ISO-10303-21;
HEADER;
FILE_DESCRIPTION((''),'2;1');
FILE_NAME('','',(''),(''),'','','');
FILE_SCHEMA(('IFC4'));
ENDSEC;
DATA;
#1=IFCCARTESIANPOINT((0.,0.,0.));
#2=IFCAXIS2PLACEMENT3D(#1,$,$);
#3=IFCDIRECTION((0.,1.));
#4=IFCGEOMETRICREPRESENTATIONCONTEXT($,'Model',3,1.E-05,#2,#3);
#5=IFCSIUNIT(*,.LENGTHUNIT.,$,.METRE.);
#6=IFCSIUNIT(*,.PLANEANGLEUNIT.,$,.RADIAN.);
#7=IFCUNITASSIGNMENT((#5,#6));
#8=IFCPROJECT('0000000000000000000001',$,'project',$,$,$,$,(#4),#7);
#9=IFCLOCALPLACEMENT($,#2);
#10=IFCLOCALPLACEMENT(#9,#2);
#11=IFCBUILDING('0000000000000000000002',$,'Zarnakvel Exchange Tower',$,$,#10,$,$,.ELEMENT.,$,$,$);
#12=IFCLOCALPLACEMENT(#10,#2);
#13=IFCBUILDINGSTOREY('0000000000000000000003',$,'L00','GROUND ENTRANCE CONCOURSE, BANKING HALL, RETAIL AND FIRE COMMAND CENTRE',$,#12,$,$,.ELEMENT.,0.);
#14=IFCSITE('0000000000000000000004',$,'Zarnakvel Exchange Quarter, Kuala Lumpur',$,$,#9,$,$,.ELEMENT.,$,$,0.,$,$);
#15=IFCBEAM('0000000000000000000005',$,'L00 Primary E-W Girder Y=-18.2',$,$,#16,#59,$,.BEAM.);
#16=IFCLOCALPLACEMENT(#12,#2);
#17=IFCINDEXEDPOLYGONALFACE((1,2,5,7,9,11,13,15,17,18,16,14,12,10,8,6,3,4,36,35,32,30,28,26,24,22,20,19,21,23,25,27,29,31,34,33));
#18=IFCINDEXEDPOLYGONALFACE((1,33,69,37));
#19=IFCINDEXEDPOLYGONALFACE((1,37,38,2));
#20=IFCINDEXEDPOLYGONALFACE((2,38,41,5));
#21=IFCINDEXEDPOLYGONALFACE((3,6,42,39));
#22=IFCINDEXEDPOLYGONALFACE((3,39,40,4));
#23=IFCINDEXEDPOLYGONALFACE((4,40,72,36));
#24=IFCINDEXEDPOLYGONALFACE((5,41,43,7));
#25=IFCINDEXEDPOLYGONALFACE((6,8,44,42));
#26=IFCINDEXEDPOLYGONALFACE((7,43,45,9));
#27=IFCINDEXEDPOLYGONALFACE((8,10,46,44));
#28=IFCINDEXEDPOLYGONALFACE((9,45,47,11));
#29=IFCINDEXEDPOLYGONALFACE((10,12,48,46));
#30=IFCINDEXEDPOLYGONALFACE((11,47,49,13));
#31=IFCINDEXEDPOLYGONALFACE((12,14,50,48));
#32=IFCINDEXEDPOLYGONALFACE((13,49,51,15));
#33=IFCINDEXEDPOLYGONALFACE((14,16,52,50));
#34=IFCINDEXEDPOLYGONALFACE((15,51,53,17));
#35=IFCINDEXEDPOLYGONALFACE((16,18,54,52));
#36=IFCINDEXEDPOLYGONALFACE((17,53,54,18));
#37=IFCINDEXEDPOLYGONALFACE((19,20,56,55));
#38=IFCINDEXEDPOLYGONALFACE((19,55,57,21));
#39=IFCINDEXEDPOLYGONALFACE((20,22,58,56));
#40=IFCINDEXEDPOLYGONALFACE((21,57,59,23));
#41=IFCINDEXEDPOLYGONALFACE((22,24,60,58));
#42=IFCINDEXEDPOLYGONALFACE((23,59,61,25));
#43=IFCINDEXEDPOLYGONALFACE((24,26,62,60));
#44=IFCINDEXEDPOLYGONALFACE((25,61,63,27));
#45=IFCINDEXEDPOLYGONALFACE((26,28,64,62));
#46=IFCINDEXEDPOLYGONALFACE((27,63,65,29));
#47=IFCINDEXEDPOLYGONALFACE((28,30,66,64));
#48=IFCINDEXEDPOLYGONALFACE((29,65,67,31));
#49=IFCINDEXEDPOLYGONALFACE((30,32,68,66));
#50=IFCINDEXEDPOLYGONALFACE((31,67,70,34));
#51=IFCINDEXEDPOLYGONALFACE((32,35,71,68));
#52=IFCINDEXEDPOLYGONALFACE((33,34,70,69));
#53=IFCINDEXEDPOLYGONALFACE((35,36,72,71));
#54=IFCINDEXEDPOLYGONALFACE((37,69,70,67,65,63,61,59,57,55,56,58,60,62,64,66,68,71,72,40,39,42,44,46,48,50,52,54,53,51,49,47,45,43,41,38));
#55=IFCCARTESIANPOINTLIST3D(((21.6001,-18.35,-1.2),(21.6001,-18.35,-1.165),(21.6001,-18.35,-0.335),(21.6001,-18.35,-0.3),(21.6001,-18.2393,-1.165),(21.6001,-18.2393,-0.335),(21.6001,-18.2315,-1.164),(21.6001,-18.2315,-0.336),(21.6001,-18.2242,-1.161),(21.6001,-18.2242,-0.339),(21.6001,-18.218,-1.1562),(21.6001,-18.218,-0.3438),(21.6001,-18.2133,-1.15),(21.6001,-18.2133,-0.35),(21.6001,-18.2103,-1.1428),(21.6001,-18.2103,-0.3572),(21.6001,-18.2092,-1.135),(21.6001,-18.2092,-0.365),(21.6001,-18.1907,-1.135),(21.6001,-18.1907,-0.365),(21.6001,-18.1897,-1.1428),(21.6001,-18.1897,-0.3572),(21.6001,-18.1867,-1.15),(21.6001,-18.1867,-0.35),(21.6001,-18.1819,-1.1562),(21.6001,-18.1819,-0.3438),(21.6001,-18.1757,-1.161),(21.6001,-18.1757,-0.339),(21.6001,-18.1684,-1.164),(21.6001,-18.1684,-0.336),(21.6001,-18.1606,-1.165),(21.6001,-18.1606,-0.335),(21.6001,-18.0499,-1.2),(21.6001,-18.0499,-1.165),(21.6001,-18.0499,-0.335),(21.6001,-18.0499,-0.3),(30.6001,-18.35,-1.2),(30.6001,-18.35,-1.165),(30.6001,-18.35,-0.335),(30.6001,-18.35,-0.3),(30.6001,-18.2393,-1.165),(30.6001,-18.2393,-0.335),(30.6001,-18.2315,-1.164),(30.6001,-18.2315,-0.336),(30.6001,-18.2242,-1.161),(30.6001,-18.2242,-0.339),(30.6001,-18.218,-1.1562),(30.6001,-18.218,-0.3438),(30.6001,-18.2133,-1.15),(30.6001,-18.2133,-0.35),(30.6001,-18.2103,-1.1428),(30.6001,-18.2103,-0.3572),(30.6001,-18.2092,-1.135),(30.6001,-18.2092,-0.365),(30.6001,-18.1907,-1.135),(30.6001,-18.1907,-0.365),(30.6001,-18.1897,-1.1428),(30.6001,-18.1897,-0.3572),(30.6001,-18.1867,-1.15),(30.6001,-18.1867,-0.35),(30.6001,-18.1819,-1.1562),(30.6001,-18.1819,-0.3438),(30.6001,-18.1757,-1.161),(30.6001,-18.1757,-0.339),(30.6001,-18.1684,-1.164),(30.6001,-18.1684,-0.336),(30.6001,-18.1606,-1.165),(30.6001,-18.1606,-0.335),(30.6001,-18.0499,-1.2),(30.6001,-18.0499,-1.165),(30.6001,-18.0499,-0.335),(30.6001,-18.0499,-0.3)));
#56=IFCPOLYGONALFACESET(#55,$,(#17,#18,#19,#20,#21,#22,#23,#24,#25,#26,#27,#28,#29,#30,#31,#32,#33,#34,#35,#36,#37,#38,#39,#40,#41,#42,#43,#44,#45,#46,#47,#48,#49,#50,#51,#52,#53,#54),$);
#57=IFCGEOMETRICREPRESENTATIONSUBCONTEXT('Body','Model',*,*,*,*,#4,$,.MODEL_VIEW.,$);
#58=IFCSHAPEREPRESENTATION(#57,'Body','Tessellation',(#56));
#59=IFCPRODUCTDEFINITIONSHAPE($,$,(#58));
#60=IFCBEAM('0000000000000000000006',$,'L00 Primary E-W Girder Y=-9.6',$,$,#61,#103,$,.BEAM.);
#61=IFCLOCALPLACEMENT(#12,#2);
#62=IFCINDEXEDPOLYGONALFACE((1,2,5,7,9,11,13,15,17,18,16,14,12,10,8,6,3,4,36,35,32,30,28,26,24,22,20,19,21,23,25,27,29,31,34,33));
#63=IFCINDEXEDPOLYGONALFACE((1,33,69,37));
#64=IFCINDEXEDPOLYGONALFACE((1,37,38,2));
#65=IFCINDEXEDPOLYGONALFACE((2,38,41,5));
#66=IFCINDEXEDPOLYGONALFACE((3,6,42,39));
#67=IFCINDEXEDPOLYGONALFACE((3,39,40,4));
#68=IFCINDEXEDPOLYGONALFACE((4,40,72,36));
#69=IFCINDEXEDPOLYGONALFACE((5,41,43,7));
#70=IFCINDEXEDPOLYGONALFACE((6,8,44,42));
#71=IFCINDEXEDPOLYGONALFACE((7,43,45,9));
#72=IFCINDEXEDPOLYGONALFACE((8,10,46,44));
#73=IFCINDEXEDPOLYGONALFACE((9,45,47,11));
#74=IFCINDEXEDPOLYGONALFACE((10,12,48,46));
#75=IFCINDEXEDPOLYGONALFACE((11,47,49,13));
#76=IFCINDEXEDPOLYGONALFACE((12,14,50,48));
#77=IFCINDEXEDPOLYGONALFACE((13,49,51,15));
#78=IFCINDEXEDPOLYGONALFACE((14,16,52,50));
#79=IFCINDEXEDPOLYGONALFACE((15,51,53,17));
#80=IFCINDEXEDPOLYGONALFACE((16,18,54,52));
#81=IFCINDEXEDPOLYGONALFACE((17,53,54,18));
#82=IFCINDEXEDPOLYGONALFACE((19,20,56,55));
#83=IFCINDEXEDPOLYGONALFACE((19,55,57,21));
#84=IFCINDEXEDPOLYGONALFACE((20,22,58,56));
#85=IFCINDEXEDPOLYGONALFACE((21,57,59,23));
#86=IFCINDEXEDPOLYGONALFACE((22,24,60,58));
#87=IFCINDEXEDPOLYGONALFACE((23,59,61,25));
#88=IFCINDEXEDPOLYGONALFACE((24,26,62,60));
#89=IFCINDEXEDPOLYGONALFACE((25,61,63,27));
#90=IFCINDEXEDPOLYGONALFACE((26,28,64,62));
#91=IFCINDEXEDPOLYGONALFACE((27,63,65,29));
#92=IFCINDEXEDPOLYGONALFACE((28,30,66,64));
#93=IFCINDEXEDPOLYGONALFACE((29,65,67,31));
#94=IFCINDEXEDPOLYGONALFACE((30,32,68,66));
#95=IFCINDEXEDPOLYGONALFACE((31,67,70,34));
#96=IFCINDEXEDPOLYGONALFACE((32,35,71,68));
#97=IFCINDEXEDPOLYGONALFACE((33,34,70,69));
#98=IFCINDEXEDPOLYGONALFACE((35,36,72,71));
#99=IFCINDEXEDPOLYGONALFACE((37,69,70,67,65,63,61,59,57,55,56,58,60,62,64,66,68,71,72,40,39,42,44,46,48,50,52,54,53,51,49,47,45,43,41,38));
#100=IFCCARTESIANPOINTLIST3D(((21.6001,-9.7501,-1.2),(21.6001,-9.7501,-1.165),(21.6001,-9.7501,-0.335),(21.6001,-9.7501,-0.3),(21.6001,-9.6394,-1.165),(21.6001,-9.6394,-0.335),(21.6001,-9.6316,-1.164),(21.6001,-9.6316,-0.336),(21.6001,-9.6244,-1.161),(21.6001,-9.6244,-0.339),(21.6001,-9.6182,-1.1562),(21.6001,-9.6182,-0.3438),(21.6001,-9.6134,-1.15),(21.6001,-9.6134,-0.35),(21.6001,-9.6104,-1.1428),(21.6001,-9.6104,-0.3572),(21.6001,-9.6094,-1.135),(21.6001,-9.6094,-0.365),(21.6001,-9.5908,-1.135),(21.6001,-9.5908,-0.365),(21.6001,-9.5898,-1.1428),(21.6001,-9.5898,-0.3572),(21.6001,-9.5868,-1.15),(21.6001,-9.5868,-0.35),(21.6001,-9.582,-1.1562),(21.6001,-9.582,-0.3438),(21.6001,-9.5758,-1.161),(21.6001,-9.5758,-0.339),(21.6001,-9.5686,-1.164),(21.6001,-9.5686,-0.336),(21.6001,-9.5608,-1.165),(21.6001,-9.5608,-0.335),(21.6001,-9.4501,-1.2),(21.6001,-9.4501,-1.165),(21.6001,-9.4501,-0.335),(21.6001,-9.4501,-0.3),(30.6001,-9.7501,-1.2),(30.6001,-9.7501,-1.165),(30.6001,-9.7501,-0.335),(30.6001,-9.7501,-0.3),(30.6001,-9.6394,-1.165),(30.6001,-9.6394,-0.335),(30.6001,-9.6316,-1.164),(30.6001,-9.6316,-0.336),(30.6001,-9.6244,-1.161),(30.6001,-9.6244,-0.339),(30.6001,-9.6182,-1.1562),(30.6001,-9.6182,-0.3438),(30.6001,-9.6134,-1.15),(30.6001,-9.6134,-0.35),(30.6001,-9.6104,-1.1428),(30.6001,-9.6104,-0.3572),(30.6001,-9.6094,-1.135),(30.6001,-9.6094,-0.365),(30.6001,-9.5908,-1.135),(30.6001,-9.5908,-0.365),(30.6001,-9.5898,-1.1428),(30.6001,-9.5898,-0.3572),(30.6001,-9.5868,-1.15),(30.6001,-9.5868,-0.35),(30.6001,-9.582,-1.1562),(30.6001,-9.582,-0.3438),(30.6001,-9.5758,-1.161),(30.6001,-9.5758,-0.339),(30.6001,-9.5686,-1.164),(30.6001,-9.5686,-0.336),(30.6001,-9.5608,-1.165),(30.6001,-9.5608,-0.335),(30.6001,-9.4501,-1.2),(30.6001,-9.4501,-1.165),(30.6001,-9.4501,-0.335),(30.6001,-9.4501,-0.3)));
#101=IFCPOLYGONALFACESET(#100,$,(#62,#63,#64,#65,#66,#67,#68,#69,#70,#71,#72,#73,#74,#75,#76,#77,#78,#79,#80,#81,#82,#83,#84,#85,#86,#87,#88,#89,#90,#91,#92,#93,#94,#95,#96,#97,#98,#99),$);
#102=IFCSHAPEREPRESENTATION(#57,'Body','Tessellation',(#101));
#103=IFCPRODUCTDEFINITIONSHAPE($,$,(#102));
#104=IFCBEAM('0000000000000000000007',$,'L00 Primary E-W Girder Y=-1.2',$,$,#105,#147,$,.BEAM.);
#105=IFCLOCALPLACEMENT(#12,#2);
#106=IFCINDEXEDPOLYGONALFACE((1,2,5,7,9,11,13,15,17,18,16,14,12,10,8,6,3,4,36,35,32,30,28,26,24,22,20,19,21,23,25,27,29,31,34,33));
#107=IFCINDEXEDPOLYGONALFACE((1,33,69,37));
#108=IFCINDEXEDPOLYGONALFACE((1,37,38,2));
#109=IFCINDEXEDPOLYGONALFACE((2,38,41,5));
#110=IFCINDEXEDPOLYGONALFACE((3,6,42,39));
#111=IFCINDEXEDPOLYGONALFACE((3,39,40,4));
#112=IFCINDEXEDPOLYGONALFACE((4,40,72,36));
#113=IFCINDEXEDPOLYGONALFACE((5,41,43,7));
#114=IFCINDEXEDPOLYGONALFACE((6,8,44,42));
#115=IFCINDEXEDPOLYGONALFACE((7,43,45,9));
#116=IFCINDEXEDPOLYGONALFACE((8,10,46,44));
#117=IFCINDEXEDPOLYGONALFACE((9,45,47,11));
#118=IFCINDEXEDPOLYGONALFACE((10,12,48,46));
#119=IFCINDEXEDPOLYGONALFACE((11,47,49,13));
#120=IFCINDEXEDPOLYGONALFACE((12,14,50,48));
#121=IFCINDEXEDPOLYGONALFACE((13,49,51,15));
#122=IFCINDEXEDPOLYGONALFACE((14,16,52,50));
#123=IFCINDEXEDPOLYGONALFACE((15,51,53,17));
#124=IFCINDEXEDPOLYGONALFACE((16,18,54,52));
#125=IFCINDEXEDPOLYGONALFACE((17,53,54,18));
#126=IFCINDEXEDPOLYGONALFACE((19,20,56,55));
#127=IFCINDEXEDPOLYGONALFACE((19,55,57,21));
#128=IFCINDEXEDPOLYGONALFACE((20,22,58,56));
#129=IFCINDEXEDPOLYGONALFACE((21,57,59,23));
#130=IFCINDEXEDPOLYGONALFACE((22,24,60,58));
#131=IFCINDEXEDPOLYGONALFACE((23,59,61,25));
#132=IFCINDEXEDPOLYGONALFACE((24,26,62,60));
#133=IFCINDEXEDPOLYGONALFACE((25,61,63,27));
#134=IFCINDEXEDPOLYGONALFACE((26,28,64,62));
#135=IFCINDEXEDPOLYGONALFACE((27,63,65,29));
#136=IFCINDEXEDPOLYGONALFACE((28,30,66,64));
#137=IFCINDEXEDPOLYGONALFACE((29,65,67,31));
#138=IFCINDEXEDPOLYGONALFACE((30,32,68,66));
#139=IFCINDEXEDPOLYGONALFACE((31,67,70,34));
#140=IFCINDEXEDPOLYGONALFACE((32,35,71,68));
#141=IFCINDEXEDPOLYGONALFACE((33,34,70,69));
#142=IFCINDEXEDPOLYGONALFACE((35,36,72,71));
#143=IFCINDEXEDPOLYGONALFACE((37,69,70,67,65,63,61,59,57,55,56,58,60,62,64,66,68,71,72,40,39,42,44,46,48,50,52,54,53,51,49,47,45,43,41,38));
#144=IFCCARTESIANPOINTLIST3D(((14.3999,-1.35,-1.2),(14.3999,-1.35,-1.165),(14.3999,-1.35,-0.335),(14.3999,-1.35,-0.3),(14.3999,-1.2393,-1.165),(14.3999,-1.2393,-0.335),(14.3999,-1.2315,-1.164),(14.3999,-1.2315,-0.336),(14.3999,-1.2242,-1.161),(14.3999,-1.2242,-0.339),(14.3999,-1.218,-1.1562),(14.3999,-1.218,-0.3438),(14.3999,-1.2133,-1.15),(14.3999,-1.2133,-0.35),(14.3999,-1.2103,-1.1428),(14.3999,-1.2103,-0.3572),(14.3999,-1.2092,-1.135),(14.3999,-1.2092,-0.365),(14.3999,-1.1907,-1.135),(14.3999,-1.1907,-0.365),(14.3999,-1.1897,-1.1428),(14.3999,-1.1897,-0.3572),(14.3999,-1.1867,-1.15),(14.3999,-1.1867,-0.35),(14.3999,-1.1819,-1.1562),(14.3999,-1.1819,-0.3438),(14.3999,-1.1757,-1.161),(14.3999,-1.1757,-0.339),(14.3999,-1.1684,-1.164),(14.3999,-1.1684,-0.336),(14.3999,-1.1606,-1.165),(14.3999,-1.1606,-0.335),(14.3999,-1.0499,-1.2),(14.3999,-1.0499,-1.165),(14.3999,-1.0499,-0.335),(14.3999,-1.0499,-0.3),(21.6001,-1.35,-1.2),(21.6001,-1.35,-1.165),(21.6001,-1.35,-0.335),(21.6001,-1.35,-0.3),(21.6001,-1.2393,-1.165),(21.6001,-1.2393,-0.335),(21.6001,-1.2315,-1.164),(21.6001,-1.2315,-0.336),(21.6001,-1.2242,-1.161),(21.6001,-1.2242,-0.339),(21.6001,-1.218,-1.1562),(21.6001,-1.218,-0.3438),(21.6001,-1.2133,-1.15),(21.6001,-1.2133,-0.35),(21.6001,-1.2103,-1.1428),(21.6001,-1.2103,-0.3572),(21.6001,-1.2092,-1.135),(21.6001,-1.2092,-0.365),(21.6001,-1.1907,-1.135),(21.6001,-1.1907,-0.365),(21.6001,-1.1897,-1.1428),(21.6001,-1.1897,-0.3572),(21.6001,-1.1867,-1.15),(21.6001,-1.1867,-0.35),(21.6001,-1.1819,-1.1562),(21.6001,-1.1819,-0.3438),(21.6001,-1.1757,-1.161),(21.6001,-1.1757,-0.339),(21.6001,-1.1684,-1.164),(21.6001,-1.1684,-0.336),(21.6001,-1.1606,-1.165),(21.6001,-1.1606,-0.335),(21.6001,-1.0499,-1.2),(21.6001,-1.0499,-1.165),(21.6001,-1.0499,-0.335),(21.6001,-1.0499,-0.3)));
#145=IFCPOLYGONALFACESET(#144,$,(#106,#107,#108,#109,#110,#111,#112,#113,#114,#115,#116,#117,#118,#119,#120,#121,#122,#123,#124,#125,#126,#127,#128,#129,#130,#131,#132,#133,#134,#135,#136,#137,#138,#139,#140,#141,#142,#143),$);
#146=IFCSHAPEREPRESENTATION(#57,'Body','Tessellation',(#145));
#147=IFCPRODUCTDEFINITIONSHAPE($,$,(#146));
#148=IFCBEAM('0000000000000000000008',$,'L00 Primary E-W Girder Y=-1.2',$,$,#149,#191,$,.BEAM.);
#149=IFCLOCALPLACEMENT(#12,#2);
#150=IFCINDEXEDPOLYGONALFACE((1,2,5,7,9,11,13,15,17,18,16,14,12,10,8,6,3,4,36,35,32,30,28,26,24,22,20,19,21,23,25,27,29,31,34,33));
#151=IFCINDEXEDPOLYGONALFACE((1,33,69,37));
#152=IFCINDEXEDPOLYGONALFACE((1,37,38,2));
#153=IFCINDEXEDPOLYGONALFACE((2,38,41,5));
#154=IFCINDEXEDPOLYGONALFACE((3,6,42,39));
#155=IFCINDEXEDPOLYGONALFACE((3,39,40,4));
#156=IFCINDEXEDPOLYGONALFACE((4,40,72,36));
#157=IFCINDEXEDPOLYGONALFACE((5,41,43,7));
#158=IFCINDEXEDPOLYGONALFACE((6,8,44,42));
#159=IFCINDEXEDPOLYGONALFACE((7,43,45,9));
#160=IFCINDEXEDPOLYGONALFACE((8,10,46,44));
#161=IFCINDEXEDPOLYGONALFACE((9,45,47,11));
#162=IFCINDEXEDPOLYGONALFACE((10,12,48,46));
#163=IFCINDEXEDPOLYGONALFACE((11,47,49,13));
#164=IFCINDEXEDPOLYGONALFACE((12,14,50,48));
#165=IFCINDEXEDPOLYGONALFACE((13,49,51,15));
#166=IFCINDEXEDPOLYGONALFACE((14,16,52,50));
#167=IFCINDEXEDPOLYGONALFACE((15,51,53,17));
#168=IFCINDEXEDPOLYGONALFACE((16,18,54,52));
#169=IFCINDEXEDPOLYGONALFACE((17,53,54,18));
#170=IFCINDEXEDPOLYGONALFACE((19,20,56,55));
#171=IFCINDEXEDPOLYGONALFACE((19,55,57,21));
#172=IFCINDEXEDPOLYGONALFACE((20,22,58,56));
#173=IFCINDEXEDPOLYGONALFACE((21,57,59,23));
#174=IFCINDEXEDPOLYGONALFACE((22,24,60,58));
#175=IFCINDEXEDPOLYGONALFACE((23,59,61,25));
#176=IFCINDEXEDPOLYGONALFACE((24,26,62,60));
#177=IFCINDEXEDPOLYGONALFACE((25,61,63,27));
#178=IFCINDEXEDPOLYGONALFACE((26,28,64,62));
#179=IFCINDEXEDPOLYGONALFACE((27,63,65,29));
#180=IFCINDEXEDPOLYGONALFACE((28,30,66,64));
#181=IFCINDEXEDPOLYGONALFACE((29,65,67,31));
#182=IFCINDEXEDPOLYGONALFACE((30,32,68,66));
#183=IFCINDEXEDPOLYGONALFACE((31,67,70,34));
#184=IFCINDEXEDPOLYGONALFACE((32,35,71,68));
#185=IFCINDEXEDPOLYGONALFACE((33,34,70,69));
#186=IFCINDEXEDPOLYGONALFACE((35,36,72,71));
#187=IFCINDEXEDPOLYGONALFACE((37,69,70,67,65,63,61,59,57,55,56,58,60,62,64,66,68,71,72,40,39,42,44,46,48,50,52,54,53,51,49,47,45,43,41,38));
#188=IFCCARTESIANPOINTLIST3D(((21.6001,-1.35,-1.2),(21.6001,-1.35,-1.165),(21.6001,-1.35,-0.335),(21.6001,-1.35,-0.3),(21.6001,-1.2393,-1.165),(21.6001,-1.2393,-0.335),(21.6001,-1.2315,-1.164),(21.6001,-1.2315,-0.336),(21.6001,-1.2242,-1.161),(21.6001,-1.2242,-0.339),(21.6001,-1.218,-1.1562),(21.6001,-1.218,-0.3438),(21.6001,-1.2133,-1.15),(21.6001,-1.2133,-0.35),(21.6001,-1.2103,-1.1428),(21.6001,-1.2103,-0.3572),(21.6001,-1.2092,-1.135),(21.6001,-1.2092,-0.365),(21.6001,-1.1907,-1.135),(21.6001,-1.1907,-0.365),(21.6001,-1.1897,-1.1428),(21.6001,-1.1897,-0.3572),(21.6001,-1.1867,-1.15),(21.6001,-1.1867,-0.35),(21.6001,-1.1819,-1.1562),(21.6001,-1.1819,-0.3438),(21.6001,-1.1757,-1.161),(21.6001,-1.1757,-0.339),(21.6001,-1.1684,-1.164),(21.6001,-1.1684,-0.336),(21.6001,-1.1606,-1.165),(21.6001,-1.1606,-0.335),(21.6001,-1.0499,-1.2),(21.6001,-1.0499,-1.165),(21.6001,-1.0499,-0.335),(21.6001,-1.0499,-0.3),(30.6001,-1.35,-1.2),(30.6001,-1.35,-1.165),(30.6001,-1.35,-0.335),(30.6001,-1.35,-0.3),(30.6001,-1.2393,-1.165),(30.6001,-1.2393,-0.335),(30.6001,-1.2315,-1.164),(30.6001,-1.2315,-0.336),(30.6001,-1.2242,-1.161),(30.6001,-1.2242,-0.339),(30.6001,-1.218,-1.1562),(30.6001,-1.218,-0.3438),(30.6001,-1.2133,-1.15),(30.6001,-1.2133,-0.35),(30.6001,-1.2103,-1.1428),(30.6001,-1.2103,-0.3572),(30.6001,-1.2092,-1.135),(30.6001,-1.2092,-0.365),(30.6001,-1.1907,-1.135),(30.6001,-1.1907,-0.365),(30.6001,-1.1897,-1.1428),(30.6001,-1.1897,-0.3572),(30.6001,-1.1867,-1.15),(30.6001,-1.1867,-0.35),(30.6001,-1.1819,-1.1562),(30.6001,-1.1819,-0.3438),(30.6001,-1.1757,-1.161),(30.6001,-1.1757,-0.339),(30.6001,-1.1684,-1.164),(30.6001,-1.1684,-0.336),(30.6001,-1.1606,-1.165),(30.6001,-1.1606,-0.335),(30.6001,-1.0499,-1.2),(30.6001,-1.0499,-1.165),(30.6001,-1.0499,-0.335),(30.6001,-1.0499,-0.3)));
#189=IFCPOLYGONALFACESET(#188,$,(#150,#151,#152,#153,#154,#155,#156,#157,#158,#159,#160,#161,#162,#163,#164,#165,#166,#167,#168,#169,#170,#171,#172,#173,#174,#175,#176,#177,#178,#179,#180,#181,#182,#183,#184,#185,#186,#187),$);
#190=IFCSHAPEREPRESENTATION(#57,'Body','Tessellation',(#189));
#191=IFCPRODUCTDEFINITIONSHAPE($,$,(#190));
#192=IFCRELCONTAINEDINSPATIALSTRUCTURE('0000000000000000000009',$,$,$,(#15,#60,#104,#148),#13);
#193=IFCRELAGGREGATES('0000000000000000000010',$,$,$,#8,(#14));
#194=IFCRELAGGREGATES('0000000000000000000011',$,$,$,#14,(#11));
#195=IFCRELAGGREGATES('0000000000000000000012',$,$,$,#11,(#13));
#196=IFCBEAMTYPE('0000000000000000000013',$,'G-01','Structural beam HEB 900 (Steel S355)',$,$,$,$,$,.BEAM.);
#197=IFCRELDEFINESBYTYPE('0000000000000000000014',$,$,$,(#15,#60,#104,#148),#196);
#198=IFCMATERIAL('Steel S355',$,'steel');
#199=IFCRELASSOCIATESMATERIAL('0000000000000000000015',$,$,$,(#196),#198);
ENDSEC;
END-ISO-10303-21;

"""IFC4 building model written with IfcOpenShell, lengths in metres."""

from ifc_helpers import new_model, si_unit, direction, frame, origin, origin_2d, place, context, subcontext, project, spatial, i_section, extrude, material, material_profile, profile_set, type_object, element, save


model = new_model("IFC4")

# Units and contexts
model_context = context("Model", 3, precision=1e-05, world=origin(), true_north=direction((0.0, 1.0)))
body_context = subcontext(model_context, "Body", "Model", "MODEL_VIEW")
ifc_project = project(units=[si_unit("LENGTHUNIT", "METRE"), si_unit("PLANEANGLEUNIT", "RADIAN")], contexts=[model_context])

# Site, building, storey
site_placement = place(None, origin())
site = spatial("IfcSite", under=ifc_project, at=site_placement, Name="Zarnakvel Exchange Quarter, Kuala Lumpur", CompositionType="ELEMENT", RefElevation=0.0)
building_placement = place(site_placement, origin())
building = spatial("IfcBuilding", under=site, at=building_placement, Name="Zarnakvel Exchange Tower", CompositionType="ELEMENT")
storey_placement = place(building_placement, origin())
storey = spatial("IfcBuildingStorey", under=building, at=storey_placement, Name="L00", Description="GROUND ENTRANCE CONCOURSE, BANKING HALL, RETAIL AND FIRE COMMAND CENTRE", CompositionType="ELEMENT", Elevation=0.0)

# Beams
ifc_material_1 = material(Name="Steel S355", Category="steel")
ifc_material_profile_1 = material_profile(ifc_material_1, i_section(OverallWidth=0.3, OverallDepth=0.8999, WebThickness=0.0186, FlangeThickness=0.0349, FilletRadius=0.03, at=origin_2d()))
ifc_profile_set_1 = profile_set([ifc_material_profile_1], Name="Steel S355")
beam_type_1 = type_object("IfcBeamType", Name="G-01", Description="Structural beam HEB 900 (Steel S355)", PredefinedType="BEAM", material=ifc_profile_set_1)
for number, where, z_axis, x_axis, name in (
    (1, (21.6001, -18.2, -0.75), (1.0, 0.0, 0.0), (0.0, 1.0, 0.0), "L00 Primary E-W Girder Y=-18.2"),
    (2, (21.6001, -9.6001, -0.75), (1.0, 0.0, 0.0), (0.0, 1.0, 0.0), "L00 Primary E-W Girder Y=-9.6"),
):
    element("IfcBeam", number, at=place(storey_placement, frame(where, z_axis=z_axis, x_axis=x_axis)), inside=storey, type_object=beam_type_1, Name=name, PredefinedType="BEAM", context=body_context, shape_type="SweptSolid", body=[
        extrude(i_section(OverallWidth=0.3, OverallDepth=0.8999, WebThickness=0.0186, FlangeThickness=0.0349, FilletRadius=0.03, at=origin_2d()), origin(), (0.0, 0.0, 1.0), 9.0),
    ])
beam_1_placement = place(storey_placement, frame((14.3999, -1.2, -0.75), z_axis=(1.0, 0.0, 0.0), x_axis=(0.0, 1.0, 0.0)))
element("IfcBeam", 3, at=beam_1_placement, inside=storey, type_object=beam_type_1, Name="L00 Primary E-W Girder Y=-1.2", PredefinedType="BEAM", context=body_context, shape_type="SweptSolid", body=[
    extrude(i_section(OverallWidth=0.3, OverallDepth=0.8999, WebThickness=0.0186, FlangeThickness=0.0349, FilletRadius=0.03, at=origin_2d()), origin(), (0.0, 0.0, 1.0), 7.2002),
])
beam_2_placement = place(storey_placement, frame((21.6001, -1.2, -0.75), z_axis=(1.0, 0.0, 0.0), x_axis=(0.0, 1.0, 0.0)))
element("IfcBeam", 4, at=beam_2_placement, inside=storey, type_object=beam_type_1, Name="L00 Primary E-W Girder Y=-1.2", PredefinedType="BEAM", context=body_context, shape_type="SweptSolid", body=[
    extrude(i_section(OverallWidth=0.3, OverallDepth=0.8999, WebThickness=0.0186, FlangeThickness=0.0349, FilletRadius=0.03, at=origin_2d()), origin(), (0.0, 0.0, 1.0), 9.0),
])

save(model, "model.ifc")
